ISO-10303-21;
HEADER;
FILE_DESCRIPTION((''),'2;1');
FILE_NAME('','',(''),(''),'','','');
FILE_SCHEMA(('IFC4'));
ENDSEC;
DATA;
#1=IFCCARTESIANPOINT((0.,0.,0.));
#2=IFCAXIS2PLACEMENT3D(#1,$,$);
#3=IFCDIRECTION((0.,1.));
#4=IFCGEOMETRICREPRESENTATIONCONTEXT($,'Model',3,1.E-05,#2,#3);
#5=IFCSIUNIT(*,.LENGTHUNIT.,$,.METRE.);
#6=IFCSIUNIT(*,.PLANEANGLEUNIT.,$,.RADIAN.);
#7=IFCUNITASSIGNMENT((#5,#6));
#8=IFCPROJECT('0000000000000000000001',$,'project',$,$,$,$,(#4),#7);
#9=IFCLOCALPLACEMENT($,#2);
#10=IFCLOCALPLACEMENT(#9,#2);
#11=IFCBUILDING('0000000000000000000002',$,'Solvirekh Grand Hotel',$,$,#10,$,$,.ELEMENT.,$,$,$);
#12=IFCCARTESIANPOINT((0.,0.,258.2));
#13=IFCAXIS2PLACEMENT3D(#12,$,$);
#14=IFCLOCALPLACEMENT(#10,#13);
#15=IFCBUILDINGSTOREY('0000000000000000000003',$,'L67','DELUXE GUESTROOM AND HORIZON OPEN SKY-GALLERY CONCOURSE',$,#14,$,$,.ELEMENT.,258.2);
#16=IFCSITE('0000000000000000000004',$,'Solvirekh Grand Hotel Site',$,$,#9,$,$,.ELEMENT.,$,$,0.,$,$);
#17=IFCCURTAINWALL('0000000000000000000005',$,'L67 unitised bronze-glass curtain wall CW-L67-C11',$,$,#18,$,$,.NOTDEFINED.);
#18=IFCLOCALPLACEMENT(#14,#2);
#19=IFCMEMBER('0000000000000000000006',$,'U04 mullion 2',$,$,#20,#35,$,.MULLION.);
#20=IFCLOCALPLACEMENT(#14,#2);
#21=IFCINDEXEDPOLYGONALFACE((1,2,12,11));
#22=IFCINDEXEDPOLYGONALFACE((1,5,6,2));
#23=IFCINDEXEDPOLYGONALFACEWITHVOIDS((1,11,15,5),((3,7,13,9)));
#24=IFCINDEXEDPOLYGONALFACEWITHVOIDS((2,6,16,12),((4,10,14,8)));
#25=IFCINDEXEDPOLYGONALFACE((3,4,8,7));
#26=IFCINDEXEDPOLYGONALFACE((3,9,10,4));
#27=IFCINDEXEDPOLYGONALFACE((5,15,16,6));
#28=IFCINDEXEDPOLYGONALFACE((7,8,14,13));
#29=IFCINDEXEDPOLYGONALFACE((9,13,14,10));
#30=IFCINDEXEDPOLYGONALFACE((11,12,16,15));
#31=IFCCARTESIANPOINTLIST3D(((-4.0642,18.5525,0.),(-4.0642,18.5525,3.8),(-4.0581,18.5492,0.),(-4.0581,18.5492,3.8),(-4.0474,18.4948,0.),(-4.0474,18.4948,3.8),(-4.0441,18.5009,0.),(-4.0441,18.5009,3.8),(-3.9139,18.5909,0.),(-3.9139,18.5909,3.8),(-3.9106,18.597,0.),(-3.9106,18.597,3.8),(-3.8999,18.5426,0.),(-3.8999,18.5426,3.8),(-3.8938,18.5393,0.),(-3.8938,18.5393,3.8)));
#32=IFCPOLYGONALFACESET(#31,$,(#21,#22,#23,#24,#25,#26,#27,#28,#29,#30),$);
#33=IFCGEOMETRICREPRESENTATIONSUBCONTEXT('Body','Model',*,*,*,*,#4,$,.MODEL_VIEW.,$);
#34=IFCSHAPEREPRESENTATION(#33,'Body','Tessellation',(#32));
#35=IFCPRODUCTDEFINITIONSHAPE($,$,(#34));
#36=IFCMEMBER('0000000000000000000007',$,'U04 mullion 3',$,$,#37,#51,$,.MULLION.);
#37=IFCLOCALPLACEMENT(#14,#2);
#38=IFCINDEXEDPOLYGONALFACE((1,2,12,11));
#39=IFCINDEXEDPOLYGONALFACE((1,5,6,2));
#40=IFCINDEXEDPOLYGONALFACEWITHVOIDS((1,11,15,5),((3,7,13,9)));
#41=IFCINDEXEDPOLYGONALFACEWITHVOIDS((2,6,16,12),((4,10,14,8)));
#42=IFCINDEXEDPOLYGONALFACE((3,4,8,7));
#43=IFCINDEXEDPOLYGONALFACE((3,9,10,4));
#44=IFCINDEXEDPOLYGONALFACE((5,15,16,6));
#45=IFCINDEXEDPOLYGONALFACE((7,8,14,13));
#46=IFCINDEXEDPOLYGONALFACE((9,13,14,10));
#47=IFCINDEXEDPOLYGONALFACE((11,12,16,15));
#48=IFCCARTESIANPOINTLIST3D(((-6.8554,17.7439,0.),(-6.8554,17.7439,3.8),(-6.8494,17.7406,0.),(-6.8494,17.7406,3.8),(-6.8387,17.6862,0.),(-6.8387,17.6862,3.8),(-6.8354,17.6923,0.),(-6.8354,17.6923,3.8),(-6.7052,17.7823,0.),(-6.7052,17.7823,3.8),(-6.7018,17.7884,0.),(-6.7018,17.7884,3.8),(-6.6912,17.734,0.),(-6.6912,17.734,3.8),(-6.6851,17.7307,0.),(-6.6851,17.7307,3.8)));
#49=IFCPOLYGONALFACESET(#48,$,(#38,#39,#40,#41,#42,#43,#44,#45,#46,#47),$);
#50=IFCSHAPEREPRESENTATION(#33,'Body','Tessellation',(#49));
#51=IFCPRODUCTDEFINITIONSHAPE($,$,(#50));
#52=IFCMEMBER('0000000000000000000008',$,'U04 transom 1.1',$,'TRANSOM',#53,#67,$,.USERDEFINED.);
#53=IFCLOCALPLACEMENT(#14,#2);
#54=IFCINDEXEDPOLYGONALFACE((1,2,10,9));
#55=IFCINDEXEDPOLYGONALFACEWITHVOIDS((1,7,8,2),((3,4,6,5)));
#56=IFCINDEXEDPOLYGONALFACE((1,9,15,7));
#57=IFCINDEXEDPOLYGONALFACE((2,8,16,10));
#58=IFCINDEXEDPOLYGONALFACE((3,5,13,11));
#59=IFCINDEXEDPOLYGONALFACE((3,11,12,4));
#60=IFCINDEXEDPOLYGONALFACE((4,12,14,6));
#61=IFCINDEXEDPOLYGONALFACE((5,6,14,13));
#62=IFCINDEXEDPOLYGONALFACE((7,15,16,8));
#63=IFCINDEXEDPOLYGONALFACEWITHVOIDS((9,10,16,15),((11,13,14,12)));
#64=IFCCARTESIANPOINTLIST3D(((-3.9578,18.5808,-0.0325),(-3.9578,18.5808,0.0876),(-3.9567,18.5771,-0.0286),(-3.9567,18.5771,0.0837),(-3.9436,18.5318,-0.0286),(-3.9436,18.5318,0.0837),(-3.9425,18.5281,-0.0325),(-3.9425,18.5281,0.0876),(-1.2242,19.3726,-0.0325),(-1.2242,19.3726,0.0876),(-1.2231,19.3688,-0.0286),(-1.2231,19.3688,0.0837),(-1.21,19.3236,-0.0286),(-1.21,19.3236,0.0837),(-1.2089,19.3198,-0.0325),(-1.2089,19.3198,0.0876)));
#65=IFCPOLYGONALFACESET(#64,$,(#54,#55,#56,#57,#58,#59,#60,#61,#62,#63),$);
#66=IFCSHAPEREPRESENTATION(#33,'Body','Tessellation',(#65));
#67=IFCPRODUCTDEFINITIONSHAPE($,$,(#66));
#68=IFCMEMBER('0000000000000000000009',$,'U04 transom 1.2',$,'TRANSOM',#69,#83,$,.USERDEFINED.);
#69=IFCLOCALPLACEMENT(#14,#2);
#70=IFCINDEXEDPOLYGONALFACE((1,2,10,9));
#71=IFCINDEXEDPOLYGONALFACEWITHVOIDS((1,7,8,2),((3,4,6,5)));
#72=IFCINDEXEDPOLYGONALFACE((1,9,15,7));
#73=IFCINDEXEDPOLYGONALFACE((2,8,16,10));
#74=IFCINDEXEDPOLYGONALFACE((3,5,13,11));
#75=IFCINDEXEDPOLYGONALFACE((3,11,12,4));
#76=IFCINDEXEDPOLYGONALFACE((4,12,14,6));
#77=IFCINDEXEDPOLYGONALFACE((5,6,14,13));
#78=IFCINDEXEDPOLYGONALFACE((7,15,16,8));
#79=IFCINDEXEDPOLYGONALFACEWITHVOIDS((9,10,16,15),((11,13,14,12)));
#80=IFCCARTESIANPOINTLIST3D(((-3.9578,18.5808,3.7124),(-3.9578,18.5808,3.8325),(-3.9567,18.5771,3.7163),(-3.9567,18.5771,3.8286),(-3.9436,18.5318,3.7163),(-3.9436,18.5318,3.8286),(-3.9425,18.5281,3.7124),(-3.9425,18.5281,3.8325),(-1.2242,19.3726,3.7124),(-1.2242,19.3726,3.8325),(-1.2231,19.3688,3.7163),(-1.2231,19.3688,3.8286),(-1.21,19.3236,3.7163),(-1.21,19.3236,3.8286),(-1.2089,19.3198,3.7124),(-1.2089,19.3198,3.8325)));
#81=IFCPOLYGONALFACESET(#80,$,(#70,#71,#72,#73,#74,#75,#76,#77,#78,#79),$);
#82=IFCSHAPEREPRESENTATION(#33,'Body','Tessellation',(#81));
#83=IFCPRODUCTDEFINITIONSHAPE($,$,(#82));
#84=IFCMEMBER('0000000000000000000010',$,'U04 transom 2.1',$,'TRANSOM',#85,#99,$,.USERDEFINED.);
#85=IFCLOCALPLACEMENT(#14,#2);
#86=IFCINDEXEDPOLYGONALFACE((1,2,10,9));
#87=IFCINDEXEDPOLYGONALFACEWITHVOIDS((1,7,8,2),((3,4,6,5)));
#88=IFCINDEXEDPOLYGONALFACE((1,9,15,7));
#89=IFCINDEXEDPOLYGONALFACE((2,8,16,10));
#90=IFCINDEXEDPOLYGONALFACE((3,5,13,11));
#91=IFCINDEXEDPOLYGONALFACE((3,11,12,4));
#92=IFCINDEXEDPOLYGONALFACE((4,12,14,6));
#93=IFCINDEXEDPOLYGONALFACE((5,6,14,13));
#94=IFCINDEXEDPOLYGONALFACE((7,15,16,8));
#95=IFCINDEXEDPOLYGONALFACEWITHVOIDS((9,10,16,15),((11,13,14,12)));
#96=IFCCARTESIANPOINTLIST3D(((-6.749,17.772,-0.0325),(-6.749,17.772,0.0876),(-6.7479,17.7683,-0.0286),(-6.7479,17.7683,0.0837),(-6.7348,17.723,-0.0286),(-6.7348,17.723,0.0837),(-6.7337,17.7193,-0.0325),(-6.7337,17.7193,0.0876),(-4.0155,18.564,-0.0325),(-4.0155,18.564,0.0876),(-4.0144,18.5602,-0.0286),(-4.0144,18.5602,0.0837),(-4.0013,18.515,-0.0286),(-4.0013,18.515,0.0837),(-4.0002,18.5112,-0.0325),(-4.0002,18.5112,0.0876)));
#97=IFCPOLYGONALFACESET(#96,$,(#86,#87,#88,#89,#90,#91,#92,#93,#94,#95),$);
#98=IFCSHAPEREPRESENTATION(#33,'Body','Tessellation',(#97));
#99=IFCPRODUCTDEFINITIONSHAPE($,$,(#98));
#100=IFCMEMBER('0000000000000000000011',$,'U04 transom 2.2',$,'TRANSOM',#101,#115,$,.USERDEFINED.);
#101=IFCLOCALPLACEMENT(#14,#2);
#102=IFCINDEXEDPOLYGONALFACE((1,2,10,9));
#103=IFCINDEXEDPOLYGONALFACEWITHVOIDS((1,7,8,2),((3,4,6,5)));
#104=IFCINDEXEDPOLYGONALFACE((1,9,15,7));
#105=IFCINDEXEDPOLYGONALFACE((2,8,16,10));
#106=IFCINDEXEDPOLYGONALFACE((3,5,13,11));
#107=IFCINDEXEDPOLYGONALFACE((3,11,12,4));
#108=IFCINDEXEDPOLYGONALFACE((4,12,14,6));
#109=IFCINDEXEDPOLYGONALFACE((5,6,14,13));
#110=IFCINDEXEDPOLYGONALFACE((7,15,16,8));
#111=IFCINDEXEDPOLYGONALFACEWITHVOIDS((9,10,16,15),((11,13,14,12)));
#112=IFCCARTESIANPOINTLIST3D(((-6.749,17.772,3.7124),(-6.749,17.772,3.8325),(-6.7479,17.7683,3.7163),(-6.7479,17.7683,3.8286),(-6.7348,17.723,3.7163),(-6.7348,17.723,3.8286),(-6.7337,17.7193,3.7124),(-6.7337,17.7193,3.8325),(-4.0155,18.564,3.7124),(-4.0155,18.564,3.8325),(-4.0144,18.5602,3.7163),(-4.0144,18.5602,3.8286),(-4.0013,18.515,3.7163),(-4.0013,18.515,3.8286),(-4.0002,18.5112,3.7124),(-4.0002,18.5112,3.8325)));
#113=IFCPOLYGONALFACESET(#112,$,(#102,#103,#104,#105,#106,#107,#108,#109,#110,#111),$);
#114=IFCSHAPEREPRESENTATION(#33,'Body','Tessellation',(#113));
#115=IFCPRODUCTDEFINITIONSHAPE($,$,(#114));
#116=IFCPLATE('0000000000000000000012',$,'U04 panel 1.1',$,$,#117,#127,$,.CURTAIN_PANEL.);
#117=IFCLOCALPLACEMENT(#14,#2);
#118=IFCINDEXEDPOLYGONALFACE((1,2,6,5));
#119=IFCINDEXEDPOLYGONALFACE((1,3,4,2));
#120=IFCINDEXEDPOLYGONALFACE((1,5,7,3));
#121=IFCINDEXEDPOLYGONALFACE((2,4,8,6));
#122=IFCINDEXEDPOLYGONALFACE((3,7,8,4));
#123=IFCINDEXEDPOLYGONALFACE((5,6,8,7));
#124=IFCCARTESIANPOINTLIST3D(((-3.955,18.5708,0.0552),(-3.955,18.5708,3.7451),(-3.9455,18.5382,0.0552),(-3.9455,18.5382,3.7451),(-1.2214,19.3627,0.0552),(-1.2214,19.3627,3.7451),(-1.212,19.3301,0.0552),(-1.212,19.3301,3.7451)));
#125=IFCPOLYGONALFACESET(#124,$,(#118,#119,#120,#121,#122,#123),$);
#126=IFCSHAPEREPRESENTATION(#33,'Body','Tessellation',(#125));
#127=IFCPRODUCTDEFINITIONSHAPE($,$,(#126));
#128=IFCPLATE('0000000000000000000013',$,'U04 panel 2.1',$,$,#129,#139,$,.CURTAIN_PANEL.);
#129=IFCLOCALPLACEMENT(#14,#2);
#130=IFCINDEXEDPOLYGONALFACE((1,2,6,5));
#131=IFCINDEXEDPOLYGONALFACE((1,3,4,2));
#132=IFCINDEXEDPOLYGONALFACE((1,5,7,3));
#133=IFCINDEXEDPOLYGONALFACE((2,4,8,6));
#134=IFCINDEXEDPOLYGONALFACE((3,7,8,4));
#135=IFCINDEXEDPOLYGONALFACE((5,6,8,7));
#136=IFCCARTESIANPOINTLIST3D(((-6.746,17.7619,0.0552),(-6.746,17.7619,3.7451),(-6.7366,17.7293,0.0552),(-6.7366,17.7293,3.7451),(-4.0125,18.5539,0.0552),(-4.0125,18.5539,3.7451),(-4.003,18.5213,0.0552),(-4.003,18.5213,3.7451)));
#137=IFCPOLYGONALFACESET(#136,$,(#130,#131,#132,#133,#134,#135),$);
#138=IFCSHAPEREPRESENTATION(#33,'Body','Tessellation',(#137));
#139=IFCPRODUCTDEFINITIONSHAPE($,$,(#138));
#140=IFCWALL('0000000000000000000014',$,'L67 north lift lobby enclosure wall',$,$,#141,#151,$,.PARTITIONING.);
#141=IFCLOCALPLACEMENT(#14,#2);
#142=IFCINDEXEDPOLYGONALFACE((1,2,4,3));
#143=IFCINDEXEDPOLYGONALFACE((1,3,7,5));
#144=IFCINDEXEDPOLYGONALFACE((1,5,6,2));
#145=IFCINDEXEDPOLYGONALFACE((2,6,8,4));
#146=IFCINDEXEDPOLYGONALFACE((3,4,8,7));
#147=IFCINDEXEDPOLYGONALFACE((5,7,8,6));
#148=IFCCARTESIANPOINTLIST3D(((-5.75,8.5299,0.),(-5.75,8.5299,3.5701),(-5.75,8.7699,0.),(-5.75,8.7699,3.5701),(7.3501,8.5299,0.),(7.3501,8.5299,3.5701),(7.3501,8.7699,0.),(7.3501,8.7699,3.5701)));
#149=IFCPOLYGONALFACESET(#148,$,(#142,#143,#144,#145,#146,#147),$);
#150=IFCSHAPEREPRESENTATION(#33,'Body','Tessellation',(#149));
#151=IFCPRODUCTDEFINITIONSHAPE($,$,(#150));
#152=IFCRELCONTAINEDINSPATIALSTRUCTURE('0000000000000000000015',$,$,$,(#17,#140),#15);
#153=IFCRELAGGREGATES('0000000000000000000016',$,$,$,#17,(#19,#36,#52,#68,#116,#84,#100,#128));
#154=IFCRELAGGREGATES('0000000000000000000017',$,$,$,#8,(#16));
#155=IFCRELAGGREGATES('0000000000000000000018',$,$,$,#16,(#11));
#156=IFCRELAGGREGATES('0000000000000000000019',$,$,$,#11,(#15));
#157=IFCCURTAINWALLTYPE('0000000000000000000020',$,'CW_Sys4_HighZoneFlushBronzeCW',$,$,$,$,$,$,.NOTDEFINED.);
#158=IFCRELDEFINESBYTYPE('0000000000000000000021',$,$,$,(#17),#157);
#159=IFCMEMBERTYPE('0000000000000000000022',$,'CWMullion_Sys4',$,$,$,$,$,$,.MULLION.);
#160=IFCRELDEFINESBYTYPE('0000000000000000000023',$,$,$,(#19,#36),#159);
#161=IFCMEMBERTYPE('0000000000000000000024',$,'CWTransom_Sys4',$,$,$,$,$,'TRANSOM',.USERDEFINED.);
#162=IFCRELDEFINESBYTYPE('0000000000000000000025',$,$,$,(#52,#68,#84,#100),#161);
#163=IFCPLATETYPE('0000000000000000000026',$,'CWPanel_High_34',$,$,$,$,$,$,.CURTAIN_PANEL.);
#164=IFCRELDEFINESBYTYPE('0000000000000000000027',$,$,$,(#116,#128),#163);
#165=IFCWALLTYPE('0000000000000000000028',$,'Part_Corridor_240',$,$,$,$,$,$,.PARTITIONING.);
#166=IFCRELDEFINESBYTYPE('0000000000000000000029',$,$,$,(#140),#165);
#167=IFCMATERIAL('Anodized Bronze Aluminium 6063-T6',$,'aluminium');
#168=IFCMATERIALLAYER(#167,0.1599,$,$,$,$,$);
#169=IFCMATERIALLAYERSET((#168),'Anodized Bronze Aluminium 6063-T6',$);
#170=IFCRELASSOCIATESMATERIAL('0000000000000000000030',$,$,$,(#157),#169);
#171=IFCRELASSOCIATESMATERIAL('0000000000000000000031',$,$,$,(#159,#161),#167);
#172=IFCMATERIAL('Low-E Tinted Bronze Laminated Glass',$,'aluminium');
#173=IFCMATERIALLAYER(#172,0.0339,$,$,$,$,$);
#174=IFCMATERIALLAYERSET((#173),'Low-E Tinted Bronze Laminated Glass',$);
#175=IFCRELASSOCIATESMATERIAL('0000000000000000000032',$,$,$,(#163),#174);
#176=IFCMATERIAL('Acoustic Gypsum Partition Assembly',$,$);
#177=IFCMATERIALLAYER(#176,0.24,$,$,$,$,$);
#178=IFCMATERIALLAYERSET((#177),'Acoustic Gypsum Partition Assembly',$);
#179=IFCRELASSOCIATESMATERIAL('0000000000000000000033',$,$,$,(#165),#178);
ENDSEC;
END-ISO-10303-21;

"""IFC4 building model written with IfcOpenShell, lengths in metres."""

from ifc_helpers import new_model, si_unit, direction, frame, frame_2d, origin, origin_2d, place, context, subcontext, project, spatial, rectangle, hollow_rectangle, extrude, source, transform, mapped, material, layer, layer_set, material_profile, profile_set, type_object, element, aggregate, save


model = new_model("IFC4")

# Units and contexts
model_context = context("Model", 3, precision=1e-05, world=origin(), true_north=direction((0.0, 1.0)))
body_context = subcontext(model_context, "Body", "Model", "MODEL_VIEW")
ifc_project = project(units=[si_unit("LENGTHUNIT", "METRE"), si_unit("PLANEANGLEUNIT", "RADIAN")], contexts=[model_context])

# Site, building, storey
site_placement = place(None, origin())
site = spatial("IfcSite", under=ifc_project, at=site_placement, Name="Solvirekh Grand Hotel Site", CompositionType="ELEMENT", RefElevation=0.0)
building_placement = place(site_placement, origin())
building = spatial("IfcBuilding", under=site, at=building_placement, Name="Solvirekh Grand Hotel", CompositionType="ELEMENT")
storey_placement = place(building_placement, frame((0.0, 0.0, 258.2)))
storey = spatial("IfcBuildingStorey", under=building, at=storey_placement, Name="L67", Description="DELUXE GUESTROOM AND HORIZON OPEN SKY-GALLERY CONCOURSE", CompositionType="ELEMENT", Elevation=258.2)

# Curtain wall, members, plates
ifc_material_1 = material(Name="Anodized Bronze Aluminium 6063-T6", Category="aluminium")
ifc_layer_1 = layer(ifc_material_1, 0.1599)
ifc_layer_set_1 = layer_set([ifc_layer_1], Name="Anodized Bronze Aluminium 6063-T6")
curtain_wall_type = type_object("IfcCurtainWallType", Name="CW_Sys4_HighZoneFlushBronzeCW", PredefinedType="NOTDEFINED", material=ifc_layer_set_1)
curtain_wall_placement = place(storey_placement, origin())
curtain_wall = element("IfcCurtainWall", 1, at=curtain_wall_placement, inside=storey, type_object=curtain_wall_type, Name="L67 unitised bronze-glass curtain wall CW-L67-C11", PredefinedType="NOTDEFINED")
ifc_material_profile_1 = material_profile(ifc_material_1, hollow_rectangle(XDim=0.0601, YDim=0.1599, WallThickness=0.0049, at=origin_2d()), Name="ALU RHS 160X60X5")
ifc_profile_set_1 = profile_set([ifc_material_profile_1], Name="Anodized Bronze Aluminium 6063-T6")
member_type_1 = type_object("IfcMemberType", Name="CWMullion_Sys4", PredefinedType="MULLION", material=ifc_profile_set_1)
shared_shape_1 = source(origin(), body_context, "Body", "SweptSolid", [
    extrude(hollow_rectangle(XDim=0.0601, YDim=0.1599, WallThickness=0.0049, at=origin_2d()), origin(), (0.0, 0.0, 1.0), 3.8),
])
member_1_placement = place(storey_placement, frame((-3.979, 18.5459, 0.0), z_axis=(0.0, 0.0, 1.0), x_axis=(0.278273, -0.960502, 0.0)))
member_1 = element("IfcMember", 2, at=member_1_placement, type_object=member_type_1, Name="U04 mullion 2", PredefinedType="MULLION", context=body_context, shape_type="MappedRepresentation", body=[
    mapped(shared_shape_1, transform((0.0, 0.0, 0.0), x_axis=(1.0, 0.0, 0.0), y_axis=(0.0, 1.0, 0.0), z_axis=(0.0, 0.0, 1.0), scale=1.0)),
])
member_2_placement = place(storey_placement, frame((-6.7703, 17.7373, 0.0), z_axis=(0.0, 0.0, 1.0), x_axis=(0.278273, -0.960502, 0.0)))
member_2 = element("IfcMember", 3, at=member_2_placement, type_object=member_type_1, Name="U04 mullion 3", PredefinedType="MULLION", context=body_context, shape_type="MappedRepresentation", body=[
    mapped(shared_shape_1, transform((0.0, 0.0, 0.0), x_axis=(1.0, 0.0, 0.0), y_axis=(0.0, 1.0, 0.0), z_axis=(0.0, 0.0, 1.0), scale=1.0)),
])
ifc_material_profile_2 = material_profile(ifc_material_1, hollow_rectangle(XDim=0.0549, YDim=0.1201, WallThickness=0.0039, at=origin_2d()), Name="ALU RHS 120X55X4")
ifc_profile_set_2 = profile_set([ifc_material_profile_2], Name="Anodized Bronze Aluminium 6063-T6")
member_type_2 = type_object("IfcMemberType", Name="CWTransom_Sys4", ElementType="TRANSOM", PredefinedType="USERDEFINED", material=ifc_profile_set_2)
shared_shape_2 = source(origin(), body_context, "Body", "SweptSolid", [
    extrude(hollow_rectangle(XDim=0.0549, YDim=0.1201, WallThickness=0.0039, at=origin_2d()), origin(), (0.0, 0.0, 1.0), 2.8459),
])
member_3_placement = place(storey_placement, frame((-1.2166, 19.3462, 0.0276), z_axis=(-0.960524, -0.278198, 0.0), x_axis=(0.278198, -0.960524, 0.0)))
member_3 = element("IfcMember", 4, at=member_3_placement, type_object=member_type_2, Name="U04 transom 1.1", ObjectType="TRANSOM", PredefinedType="USERDEFINED", context=body_context, shape_type="MappedRepresentation", body=[
    mapped(shared_shape_2, transform((0.0, 0.0, 0.0), x_axis=(1.0, 0.0, 0.0), y_axis=(0.0, 1.0, 0.0), z_axis=(0.0, 0.0, 1.0), scale=1.0)),
])
member_4_placement = place(storey_placement, frame((-1.2166, 19.3462, 3.7725), z_axis=(-0.960524, -0.278198, 0.0), x_axis=(0.278198, -0.960524, 0.0)))
member_4 = element("IfcMember", 5, at=member_4_placement, type_object=member_type_2, Name="U04 transom 1.2", ObjectType="TRANSOM", PredefinedType="USERDEFINED", context=body_context, shape_type="MappedRepresentation", body=[
    mapped(shared_shape_2, transform((0.0, 0.0, 0.0), x_axis=(1.0, 0.0, 0.0), y_axis=(0.0, 1.0, 0.0), z_axis=(0.0, 0.0, 1.0), scale=1.0)),
])
member_5_placement = place(storey_placement, frame((-4.0078, 18.5376, 0.0276), z_axis=(-0.960501, -0.278277, 0.0), x_axis=(0.278277, -0.960501, 0.0)))
member_5 = element("IfcMember", 6, at=member_5_placement, type_object=member_type_2, Name="U04 transom 2.1", ObjectType="TRANSOM", PredefinedType="USERDEFINED", context=body_context, shape_type="MappedRepresentation", body=[
    mapped(shared_shape_2, transform((0.0, 0.0, 0.0), x_axis=(1.0, 0.0, 0.0), y_axis=(0.0, 1.0, 0.0), z_axis=(0.0, 0.0, 1.0), scale=1.0)),
])
member_6_placement = place(storey_placement, frame((-4.0078, 18.5376, 3.7725), z_axis=(-0.960501, -0.278277, 0.0), x_axis=(0.278277, -0.960501, 0.0)))
member_6 = element("IfcMember", 7, at=member_6_placement, type_object=member_type_2, Name="U04 transom 2.2", ObjectType="TRANSOM", PredefinedType="USERDEFINED", context=body_context, shape_type="MappedRepresentation", body=[
    mapped(shared_shape_2, transform((0.0, 0.0, 0.0), x_axis=(1.0, 0.0, 0.0), y_axis=(0.0, 1.0, 0.0), z_axis=(0.0, 0.0, 1.0), scale=1.0)),
])
ifc_material_2 = material(Name="Low-E Tinted Bronze Laminated Glass", Category="aluminium")
ifc_layer_2 = layer(ifc_material_2, 0.0339)
ifc_layer_set_2 = layer_set([ifc_layer_2], Name="Low-E Tinted Bronze Laminated Glass")
plate_type = type_object("IfcPlateType", Name="CWPanel_High_34", PredefinedType="CURTAIN_PANEL", material=ifc_layer_set_2)
shared_shape_3 = source(origin(), body_context, "Body", "SweptSolid", [
    extrude(rectangle(XDim=2.8459, YDim=0.0339, at=origin_2d()), origin(), (0.0, 0.0, 1.0), 3.6899),
])
plate_1_placement = place(storey_placement, frame((-2.5835, 18.9504, 0.0552), z_axis=(0.0, 0.0, 1.0), x_axis=(-0.960502, -0.278273, 0.0)))
plate_1 = element("IfcPlate", 8, at=plate_1_placement, type_object=plate_type, Name="U04 panel 1.1", PredefinedType="CURTAIN_PANEL", context=body_context, shape_type="MappedRepresentation", body=[
    mapped(shared_shape_3, transform((0.0, 0.0, 0.0), x_axis=(1.0, 0.0, 0.0), y_axis=(0.0, 1.0, 0.0), z_axis=(0.0, 0.0, 1.0), scale=1.0)),
])
plate_2_placement = place(storey_placement, frame((-5.3745, 18.1416, 0.0552), z_axis=(0.0, 0.0, 1.0), x_axis=(-0.960502, -0.278273, 0.0)))
plate_2 = element("IfcPlate", 9, at=plate_2_placement, type_object=plate_type, Name="U04 panel 2.1", PredefinedType="CURTAIN_PANEL", context=body_context, shape_type="MappedRepresentation", body=[
    mapped(shared_shape_3, transform((0.0, 0.0, 0.0), x_axis=(1.0, 0.0, 0.0), y_axis=(0.0, 1.0, 0.0), z_axis=(0.0, 0.0, 1.0), scale=1.0)),
])
aggregate(curtain_wall, [member_1, member_2, member_3, member_4, plate_1, member_5, member_6, plate_2])

# Wall
ifc_material_3 = material(Name="Acoustic Gypsum Partition Assembly")
ifc_layer_3 = layer(ifc_material_3, 0.24)
ifc_layer_set_3 = layer_set([ifc_layer_3], Name="Acoustic Gypsum Partition Assembly")
wall_type_1 = type_object("IfcWallType", Name="Part_Corridor_240", PredefinedType="PARTITIONING", material=ifc_layer_set_3)
wall_1_placement = place(storey_placement, frame((-5.75, 8.6499, 0.0), z_axis=(0.0, 0.0, 1.0), x_axis=(1.0, 0.0, 0.0)))
element("IfcWall", 10, at=wall_1_placement, inside=storey, type_object=wall_type_1, Name="L67 north lift lobby enclosure wall", PredefinedType="PARTITIONING", context=body_context, shape_type="SweptSolid", body=[
    extrude(rectangle(XDim=13.1001, YDim=0.24, at=frame_2d((6.55, 0.0))), origin(), (0.0, 0.0, 1.0), 3.5701),
])

save(model, "model.ifc")
